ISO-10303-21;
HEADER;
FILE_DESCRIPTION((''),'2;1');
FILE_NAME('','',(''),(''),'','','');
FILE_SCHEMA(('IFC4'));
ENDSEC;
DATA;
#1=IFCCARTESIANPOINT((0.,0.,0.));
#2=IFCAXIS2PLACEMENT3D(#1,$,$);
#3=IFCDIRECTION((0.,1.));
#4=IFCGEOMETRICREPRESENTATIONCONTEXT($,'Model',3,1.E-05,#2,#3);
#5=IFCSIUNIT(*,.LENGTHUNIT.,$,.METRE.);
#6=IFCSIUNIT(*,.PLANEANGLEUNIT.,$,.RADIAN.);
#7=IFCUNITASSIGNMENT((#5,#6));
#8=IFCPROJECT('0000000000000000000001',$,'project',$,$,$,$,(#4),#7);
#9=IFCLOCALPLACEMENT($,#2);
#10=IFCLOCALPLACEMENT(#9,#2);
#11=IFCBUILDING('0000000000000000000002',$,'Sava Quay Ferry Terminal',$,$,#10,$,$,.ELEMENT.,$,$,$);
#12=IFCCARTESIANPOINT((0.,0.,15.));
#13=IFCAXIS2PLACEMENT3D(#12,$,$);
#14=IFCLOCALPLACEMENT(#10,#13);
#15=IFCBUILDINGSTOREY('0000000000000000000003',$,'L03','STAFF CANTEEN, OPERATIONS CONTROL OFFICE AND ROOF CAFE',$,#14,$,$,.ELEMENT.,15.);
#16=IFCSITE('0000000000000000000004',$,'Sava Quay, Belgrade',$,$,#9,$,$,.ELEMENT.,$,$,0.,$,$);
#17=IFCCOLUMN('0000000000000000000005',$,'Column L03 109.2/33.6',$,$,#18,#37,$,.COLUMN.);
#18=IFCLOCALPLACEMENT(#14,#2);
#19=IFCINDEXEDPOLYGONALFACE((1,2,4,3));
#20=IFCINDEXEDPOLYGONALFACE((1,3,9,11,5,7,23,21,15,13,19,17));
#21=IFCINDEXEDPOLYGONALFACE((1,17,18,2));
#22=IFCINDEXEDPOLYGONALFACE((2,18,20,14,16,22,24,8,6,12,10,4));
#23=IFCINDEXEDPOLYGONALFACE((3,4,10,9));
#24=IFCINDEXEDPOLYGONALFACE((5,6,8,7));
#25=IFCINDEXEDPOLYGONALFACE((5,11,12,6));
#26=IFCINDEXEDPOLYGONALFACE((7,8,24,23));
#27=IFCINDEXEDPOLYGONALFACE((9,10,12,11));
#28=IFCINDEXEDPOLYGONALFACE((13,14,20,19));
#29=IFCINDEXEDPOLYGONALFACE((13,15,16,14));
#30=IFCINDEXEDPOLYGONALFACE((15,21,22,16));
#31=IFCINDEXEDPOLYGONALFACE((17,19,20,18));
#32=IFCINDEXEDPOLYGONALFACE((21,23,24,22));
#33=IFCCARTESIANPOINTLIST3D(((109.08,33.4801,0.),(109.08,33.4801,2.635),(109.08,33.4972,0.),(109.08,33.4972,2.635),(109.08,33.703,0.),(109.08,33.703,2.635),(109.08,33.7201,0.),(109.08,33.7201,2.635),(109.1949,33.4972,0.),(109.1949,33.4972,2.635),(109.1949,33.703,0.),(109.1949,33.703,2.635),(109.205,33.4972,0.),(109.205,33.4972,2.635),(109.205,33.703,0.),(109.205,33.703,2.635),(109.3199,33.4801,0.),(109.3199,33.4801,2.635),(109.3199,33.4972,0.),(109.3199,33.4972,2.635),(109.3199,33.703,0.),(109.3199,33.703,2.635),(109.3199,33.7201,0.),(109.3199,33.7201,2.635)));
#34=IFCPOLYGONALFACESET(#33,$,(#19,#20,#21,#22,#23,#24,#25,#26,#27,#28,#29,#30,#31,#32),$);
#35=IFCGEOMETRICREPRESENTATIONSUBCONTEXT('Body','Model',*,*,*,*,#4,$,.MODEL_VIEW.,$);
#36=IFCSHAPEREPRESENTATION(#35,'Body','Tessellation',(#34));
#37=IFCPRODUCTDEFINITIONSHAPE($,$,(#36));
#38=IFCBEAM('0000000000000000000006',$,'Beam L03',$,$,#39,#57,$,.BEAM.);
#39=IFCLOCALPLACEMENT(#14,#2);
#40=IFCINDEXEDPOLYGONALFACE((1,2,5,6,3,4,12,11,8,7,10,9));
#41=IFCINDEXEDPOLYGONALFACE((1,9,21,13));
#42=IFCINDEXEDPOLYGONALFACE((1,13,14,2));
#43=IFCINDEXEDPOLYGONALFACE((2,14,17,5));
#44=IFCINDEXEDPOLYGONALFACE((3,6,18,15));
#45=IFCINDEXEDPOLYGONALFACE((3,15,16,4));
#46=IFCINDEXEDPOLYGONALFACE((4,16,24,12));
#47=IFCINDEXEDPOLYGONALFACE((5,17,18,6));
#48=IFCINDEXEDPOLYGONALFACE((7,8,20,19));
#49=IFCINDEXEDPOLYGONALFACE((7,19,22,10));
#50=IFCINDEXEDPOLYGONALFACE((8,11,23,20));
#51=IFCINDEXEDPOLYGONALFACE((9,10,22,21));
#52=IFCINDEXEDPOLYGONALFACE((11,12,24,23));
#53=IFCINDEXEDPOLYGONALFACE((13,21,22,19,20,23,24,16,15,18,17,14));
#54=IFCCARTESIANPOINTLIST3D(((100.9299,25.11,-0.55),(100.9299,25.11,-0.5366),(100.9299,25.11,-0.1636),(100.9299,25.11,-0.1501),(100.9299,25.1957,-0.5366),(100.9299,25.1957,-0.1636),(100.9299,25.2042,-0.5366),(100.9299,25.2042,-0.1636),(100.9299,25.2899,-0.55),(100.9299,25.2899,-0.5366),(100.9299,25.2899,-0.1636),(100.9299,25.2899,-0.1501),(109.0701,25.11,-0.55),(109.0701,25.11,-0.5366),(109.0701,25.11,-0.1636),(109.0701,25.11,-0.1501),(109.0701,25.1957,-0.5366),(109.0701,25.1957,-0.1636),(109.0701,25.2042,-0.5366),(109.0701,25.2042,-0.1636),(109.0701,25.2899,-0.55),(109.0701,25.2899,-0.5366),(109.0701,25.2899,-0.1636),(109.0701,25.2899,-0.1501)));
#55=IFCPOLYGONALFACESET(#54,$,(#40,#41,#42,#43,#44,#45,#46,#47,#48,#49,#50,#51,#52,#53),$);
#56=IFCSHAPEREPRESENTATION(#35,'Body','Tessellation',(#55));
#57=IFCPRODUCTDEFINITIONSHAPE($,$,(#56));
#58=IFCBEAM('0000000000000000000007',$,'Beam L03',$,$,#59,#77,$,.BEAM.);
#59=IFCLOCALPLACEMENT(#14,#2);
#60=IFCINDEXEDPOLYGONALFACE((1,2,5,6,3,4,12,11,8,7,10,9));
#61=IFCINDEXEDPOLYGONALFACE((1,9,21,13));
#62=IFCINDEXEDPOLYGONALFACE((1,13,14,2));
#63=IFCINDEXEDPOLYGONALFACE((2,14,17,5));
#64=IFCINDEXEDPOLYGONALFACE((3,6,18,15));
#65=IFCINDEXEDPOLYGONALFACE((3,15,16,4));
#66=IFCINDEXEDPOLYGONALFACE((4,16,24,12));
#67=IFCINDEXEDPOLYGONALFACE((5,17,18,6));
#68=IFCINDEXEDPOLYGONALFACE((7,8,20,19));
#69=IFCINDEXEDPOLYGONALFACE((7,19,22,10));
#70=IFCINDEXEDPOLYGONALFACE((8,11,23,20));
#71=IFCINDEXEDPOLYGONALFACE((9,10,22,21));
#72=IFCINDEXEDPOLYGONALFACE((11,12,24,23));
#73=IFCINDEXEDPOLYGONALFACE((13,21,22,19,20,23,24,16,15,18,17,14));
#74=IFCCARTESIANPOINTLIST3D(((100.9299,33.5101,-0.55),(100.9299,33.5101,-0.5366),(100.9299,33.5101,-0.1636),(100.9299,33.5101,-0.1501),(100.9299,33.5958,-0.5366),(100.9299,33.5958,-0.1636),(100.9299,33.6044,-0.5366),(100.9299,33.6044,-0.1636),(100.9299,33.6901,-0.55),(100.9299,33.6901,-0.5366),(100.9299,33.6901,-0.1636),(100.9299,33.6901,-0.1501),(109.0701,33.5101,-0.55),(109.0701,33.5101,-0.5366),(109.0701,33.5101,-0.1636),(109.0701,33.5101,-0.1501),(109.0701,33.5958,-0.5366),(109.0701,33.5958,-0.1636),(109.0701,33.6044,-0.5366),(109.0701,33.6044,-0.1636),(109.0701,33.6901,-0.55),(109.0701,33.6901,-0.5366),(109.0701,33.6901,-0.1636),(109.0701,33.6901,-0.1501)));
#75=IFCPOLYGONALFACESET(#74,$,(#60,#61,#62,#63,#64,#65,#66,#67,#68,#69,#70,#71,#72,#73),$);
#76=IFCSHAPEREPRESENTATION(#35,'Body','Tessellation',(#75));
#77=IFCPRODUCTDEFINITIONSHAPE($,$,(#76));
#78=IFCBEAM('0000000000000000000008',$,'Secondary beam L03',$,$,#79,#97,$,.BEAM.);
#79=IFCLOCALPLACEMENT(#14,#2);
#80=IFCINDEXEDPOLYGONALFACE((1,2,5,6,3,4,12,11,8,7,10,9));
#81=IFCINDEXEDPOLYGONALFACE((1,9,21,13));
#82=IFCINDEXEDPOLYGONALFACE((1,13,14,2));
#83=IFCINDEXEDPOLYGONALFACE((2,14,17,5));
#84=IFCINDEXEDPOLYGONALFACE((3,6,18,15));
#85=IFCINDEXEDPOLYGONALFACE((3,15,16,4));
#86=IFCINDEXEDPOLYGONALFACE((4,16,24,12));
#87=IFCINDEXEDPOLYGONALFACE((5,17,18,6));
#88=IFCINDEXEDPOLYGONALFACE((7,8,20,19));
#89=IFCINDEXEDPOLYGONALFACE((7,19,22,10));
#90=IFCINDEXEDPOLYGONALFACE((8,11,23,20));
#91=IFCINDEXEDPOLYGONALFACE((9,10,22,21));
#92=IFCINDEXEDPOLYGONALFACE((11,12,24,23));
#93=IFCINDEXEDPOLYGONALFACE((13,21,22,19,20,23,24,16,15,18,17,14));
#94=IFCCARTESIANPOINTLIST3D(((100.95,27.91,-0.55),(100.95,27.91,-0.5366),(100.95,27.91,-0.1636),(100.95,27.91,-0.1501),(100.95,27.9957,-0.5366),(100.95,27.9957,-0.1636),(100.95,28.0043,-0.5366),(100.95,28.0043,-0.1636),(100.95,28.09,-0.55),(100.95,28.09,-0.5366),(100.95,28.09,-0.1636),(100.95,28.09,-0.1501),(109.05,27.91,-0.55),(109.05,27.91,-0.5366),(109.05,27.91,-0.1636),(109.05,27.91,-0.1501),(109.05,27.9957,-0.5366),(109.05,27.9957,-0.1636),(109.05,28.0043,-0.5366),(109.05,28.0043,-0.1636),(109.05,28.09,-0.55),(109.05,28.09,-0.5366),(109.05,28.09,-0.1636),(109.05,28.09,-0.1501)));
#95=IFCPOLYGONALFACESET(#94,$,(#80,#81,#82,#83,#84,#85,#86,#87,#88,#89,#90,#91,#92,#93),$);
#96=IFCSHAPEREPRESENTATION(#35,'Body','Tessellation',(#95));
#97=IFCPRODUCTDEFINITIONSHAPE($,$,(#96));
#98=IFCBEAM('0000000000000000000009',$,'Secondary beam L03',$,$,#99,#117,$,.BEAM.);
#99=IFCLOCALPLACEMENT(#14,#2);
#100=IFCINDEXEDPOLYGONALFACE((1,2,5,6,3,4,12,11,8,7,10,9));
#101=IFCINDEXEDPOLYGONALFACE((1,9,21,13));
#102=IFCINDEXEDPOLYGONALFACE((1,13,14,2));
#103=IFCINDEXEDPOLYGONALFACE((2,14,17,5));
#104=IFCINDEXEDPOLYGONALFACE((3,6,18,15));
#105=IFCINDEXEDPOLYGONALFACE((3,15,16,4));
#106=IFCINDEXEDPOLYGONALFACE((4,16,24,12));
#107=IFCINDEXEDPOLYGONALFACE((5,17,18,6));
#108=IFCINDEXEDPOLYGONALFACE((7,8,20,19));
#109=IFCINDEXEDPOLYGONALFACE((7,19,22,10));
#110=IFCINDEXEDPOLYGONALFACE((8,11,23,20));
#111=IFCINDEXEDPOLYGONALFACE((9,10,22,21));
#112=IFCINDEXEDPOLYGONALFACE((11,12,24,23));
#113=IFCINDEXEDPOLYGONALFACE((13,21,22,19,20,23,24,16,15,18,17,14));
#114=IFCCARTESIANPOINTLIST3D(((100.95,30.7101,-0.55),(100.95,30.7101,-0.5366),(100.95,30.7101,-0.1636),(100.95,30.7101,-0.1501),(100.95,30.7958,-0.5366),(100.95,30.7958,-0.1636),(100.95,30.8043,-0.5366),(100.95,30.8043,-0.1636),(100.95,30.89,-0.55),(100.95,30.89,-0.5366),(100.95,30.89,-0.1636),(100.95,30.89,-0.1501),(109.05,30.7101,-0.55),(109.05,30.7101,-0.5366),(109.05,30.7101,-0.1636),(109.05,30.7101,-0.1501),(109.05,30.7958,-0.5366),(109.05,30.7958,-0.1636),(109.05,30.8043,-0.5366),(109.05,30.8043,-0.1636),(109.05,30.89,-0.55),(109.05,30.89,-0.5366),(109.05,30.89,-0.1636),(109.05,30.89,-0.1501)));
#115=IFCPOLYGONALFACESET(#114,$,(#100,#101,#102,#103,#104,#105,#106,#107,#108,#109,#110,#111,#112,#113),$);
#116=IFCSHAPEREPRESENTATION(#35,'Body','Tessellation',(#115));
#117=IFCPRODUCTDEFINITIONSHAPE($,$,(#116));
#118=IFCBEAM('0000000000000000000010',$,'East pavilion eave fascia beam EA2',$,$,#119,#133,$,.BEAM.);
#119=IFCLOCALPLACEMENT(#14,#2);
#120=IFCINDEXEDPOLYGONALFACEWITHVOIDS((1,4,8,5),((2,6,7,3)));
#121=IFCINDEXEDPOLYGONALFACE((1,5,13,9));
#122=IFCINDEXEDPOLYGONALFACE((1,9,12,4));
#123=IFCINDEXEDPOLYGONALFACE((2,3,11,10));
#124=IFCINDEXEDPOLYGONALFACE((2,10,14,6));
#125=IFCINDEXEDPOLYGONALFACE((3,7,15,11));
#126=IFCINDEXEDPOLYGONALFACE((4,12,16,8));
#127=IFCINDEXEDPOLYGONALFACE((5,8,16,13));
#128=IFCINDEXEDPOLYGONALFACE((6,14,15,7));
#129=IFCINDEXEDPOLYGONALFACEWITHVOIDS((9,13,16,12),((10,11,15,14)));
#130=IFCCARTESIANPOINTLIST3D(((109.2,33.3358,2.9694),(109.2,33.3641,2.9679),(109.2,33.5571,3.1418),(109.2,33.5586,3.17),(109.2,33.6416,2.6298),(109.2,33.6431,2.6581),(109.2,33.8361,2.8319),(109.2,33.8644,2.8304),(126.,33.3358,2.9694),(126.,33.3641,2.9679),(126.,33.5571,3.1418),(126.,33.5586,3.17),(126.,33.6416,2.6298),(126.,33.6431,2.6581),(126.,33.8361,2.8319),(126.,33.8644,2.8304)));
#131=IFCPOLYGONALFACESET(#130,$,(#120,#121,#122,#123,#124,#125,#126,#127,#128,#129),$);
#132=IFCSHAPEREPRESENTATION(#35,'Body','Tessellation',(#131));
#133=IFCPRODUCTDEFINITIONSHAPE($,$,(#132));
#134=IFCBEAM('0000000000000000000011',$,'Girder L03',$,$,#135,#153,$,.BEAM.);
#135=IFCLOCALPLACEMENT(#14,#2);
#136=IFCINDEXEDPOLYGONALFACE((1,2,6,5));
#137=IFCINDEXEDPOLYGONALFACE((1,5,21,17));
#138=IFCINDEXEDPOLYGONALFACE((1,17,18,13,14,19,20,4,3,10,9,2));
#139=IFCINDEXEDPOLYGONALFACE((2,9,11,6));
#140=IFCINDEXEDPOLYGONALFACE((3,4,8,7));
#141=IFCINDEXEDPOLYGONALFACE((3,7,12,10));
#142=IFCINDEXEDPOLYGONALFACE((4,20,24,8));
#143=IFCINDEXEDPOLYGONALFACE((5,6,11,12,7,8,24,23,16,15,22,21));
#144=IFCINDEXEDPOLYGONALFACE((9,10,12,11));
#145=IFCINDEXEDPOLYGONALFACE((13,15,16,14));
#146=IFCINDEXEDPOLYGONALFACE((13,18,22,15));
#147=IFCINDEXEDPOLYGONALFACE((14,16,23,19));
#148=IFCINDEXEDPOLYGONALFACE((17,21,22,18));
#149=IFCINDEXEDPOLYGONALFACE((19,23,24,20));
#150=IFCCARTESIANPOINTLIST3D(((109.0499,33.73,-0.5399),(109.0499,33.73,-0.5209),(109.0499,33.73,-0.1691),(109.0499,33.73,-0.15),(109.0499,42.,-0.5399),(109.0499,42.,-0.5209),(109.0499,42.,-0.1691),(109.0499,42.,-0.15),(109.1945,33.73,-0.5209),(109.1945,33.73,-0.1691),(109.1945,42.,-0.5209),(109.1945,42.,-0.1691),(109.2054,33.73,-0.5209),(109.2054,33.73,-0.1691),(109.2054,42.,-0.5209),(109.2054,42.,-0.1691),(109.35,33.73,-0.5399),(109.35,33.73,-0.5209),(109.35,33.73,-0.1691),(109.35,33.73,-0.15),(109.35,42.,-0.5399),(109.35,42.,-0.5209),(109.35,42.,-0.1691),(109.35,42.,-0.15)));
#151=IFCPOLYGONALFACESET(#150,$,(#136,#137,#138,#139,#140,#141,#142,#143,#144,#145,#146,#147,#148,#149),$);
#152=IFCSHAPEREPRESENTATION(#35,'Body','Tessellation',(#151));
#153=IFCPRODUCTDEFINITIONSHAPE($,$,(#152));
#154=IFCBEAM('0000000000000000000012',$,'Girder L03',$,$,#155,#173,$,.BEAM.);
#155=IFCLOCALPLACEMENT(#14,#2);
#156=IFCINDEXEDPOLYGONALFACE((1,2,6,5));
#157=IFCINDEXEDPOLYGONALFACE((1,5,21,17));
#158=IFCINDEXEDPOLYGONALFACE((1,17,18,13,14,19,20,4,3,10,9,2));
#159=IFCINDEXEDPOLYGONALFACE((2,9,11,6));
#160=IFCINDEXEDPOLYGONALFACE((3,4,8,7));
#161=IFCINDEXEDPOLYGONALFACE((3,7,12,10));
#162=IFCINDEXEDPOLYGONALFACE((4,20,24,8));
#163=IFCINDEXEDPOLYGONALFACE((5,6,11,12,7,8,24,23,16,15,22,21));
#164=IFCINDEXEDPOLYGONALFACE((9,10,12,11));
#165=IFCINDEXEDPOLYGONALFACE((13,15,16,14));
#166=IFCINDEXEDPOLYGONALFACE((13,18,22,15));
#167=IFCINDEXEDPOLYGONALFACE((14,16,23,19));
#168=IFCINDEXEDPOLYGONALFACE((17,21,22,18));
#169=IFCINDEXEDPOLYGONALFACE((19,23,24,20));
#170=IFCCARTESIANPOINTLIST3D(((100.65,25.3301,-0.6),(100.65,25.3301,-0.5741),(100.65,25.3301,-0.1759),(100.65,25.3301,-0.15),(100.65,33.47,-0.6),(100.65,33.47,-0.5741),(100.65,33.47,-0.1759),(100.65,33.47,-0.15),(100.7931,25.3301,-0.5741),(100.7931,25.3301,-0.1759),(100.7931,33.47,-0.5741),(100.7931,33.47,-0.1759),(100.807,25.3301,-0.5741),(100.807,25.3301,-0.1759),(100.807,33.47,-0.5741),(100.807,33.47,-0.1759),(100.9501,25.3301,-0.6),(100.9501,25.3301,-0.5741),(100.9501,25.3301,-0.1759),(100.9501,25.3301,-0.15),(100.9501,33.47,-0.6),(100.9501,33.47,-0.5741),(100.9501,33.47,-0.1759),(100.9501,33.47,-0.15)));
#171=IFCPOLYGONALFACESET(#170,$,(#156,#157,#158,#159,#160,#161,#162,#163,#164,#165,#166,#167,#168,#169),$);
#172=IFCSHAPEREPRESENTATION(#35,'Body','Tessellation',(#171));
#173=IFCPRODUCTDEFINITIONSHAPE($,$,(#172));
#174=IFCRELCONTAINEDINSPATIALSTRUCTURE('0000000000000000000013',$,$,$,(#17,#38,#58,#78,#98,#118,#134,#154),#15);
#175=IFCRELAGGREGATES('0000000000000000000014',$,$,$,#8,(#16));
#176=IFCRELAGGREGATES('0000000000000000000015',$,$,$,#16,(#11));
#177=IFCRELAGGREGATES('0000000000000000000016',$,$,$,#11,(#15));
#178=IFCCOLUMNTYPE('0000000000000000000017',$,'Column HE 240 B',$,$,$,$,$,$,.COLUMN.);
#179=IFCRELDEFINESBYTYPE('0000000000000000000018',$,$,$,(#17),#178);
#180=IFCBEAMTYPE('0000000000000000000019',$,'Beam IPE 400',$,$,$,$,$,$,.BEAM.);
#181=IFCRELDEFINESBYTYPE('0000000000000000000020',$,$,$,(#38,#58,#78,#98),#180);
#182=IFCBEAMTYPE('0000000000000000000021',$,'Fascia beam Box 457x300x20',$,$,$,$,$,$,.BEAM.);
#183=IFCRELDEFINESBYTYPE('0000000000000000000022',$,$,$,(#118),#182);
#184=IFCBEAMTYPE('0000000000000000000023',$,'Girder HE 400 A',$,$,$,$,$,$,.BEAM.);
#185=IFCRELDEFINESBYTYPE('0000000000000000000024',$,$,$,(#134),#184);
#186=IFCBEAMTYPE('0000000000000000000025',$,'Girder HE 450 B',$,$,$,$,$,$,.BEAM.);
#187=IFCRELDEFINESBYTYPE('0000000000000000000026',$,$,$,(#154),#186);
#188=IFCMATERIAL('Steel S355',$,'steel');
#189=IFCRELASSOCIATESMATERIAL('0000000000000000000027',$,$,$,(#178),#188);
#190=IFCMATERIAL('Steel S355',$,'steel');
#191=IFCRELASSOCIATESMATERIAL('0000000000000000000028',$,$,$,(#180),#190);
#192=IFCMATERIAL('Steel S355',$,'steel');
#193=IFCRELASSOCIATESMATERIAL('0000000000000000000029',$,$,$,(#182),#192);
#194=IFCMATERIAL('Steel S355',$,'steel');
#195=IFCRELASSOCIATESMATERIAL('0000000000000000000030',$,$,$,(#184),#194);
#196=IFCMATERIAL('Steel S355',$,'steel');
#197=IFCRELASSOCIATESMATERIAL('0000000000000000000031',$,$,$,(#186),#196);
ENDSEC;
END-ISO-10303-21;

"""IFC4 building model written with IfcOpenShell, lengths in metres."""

from ifc_helpers import new_model, si_unit, direction, frame, origin, origin_2d, place, context, subcontext, project, spatial, polyline, i_section, outline, extrude, material, material_profile, profile_set, type_object, element, save


model = new_model("IFC4")

# Units and contexts
model_context = context("Model", 3, precision=1e-05, world=origin(), true_north=direction((0.0, 1.0)))
body_context = subcontext(model_context, "Body", "Model", "MODEL_VIEW")
ifc_project = project(units=[si_unit("LENGTHUNIT", "METRE"), si_unit("PLANEANGLEUNIT", "RADIAN")], contexts=[model_context])

# Site, building, storey
site_placement = place(None, origin())
site = spatial("IfcSite", under=ifc_project, at=site_placement, Name="Sava Quay, Belgrade", CompositionType="ELEMENT", RefElevation=0.0)
building_placement = place(site_placement, origin())
building = spatial("IfcBuilding", under=site, at=building_placement, Name="Sava Quay Ferry Terminal", CompositionType="ELEMENT")
storey_placement = place(building_placement, frame((0.0, 0.0, 15.0)))
storey = spatial("IfcBuildingStorey", under=building, at=storey_placement, Name="L03", Description="STAFF CANTEEN, OPERATIONS CONTROL OFFICE AND ROOF CAFE", CompositionType="ELEMENT", Elevation=15.0)

# Column
ifc_material_1 = material(Name="Steel S355", Category="steel")
ifc_material_profile_1 = material_profile(ifc_material_1, i_section(OverallWidth=0.24, OverallDepth=0.24, WebThickness=0.01, FlangeThickness=0.0171, at=origin_2d()), Name="HE 240 B")
ifc_profile_set_1 = profile_set([ifc_material_profile_1], Name="Steel S355")
column_type = type_object("IfcColumnType", Name="Column HE 240 B", PredefinedType="COLUMN", material=ifc_profile_set_1)
column_placement = place(storey_placement, frame((109.2, 33.6001, 0.0), z_axis=(0.0, 0.0, 1.0), x_axis=(1.0, 0.0, 0.0)))
element("IfcColumn", 1, at=column_placement, inside=storey, type_object=column_type, Name="Column L03 109.2/33.6", PredefinedType="COLUMN", context=body_context, shape_type="SweptSolid", body=[
    extrude(i_section(OverallWidth=0.24, OverallDepth=0.24, WebThickness=0.01, FlangeThickness=0.0171, at=origin_2d()), origin(), (0.0, 0.0, 1.0), 2.635),
])

# Beams
ifc_material_2 = material(Name="Steel S355", Category="steel")
ifc_material_profile_2 = material_profile(ifc_material_2, i_section(OverallWidth=0.1799, OverallDepth=0.3999, WebThickness=0.0085, FlangeThickness=0.0134, at=origin_2d()), Name="IPE 400")
ifc_profile_set_2 = profile_set([ifc_material_profile_2], Name="Steel S355")
beam_type_1 = type_object("IfcBeamType", Name="Beam IPE 400", PredefinedType="BEAM", material=ifc_profile_set_2)
for number, where, z_axis, x_axis, name in (
    (2, (100.9299, 25.2, -0.3501), (1.0, 0.0, 0.0), (0.0, 1.0, 0.0), "Beam L03"),
    (3, (100.9299, 33.6001, -0.3501), (1.0, 0.0, 0.0), (0.0, 1.0, 0.0), "Beam L03"),
):
    element("IfcBeam", number, at=place(storey_placement, frame(where, z_axis=z_axis, x_axis=x_axis)), inside=storey, type_object=beam_type_1, Name=name, PredefinedType="BEAM", context=body_context, shape_type="SweptSolid", body=[
        extrude(i_section(OverallWidth=0.1799, OverallDepth=0.3999, WebThickness=0.0085, FlangeThickness=0.0134, at=origin_2d()), origin(), (0.0, 0.0, 1.0), 8.1401),
    ])
for number, where, z_axis, x_axis, name in (
    (4, (100.95, 28.0, -0.3501), (1.0, 0.0, 0.0), (0.0, 1.0, 0.0), "Secondary beam L03"),
    (5, (100.95, 30.8, -0.3501), (1.0, 0.0, 0.0), (0.0, 1.0, 0.0), "Secondary beam L03"),
):
    element("IfcBeam", number, at=place(storey_placement, frame(where, z_axis=z_axis, x_axis=x_axis)), inside=storey, type_object=beam_type_1, Name=name, PredefinedType="BEAM", context=body_context, shape_type="SweptSolid", body=[
        extrude(i_section(OverallWidth=0.1799, OverallDepth=0.3999, WebThickness=0.0085, FlangeThickness=0.0134, at=origin_2d()), origin(), (0.0, 0.0, 1.0), 8.1001),
    ])
ifc_material_3 = material(Name="Steel S355", Category="steel")
ifc_material_profile_3 = material_profile(ifc_material_3, outline(polyline([(-0.1499, -0.2285), (0.1499, -0.2285), (0.1499, 0.2285), (-0.1499, 0.2285), (-0.1499, -0.2285)]), holes=[polyline([(-0.1299, -0.2085), (-0.1299, 0.2085), (0.1299, 0.2085), (0.1299, -0.2085), (-0.1299, -0.2085)])]), Name="Box 457x300x20 built-up")
ifc_profile_set_3 = profile_set([ifc_material_profile_3], Name="Steel S355")
beam_type_2 = type_object("IfcBeamType", Name="Fascia beam Box 457x300x20", PredefinedType="BEAM", material=ifc_profile_set_3)
beam_1_placement = place(storey_placement, frame((109.2, 33.6001, 2.8999), z_axis=(1.0, 0.0, 0.0), x_axis=(0.0, 0.743145, 0.669131)))
element("IfcBeam", 6, at=beam_1_placement, inside=storey, type_object=beam_type_2, Name="East pavilion eave fascia beam EA2", PredefinedType="BEAM", context=body_context, shape_type="SweptSolid", body=[
    extrude(outline(polyline([(-0.1499, -0.2285), (0.1499, -0.2285), (0.1499, 0.2285), (-0.1499, 0.2285), (-0.1499, -0.2285)]), holes=[polyline([(-0.1299, -0.2085), (-0.1299, 0.2085), (0.1299, 0.2085), (0.1299, -0.2085), (-0.1299, -0.2085)])]), origin(), (0.0, 0.0, 1.0), 16.8),
])
ifc_material_4 = material(Name="Steel S355", Category="steel")
ifc_material_profile_4 = material_profile(ifc_material_4, i_section(OverallWidth=0.3, OverallDepth=0.3899, WebThickness=0.011, FlangeThickness=0.019, at=origin_2d()), Name="HE 400 A")
ifc_profile_set_4 = profile_set([ifc_material_profile_4], Name="Steel S355")
beam_type_3 = type_object("IfcBeamType", Name="Girder HE 400 A", PredefinedType="BEAM", material=ifc_profile_set_4)
beam_2_placement = place(storey_placement, frame((109.2, 33.73, -0.345), z_axis=(0.0, 1.0, 0.0), x_axis=(-1.0, 0.0, 0.0)))
element("IfcBeam", 7, at=beam_2_placement, inside=storey, type_object=beam_type_3, Name="Girder L03", PredefinedType="BEAM", context=body_context, shape_type="SweptSolid", body=[
    extrude(i_section(OverallWidth=0.3, OverallDepth=0.3899, WebThickness=0.011, FlangeThickness=0.019, at=origin_2d()), origin(), (0.0, 0.0, 1.0), 8.27),
])
ifc_material_5 = material(Name="Steel S355", Category="steel")
ifc_material_profile_5 = material_profile(ifc_material_5, i_section(OverallWidth=0.3, OverallDepth=0.45, WebThickness=0.0139, FlangeThickness=0.0259, at=origin_2d()), Name="HE 450 B")
ifc_profile_set_5 = profile_set([ifc_material_profile_5], Name="Steel S355")
beam_type_4 = type_object("IfcBeamType", Name="Girder HE 450 B", PredefinedType="BEAM", material=ifc_profile_set_5)
beam_3_placement = place(storey_placement, frame((100.8, 25.3301, -0.375), z_axis=(0.0, 1.0, 0.0), x_axis=(-1.0, 0.0, 0.0)))
element("IfcBeam", 8, at=beam_3_placement, inside=storey, type_object=beam_type_4, Name="Girder L03", PredefinedType="BEAM", context=body_context, shape_type="SweptSolid", body=[
    extrude(i_section(OverallWidth=0.3, OverallDepth=0.45, WebThickness=0.0139, FlangeThickness=0.0259, at=origin_2d()), origin(), (0.0, 0.0, 1.0), 8.1399),
])

save(model, "model.ifc")
